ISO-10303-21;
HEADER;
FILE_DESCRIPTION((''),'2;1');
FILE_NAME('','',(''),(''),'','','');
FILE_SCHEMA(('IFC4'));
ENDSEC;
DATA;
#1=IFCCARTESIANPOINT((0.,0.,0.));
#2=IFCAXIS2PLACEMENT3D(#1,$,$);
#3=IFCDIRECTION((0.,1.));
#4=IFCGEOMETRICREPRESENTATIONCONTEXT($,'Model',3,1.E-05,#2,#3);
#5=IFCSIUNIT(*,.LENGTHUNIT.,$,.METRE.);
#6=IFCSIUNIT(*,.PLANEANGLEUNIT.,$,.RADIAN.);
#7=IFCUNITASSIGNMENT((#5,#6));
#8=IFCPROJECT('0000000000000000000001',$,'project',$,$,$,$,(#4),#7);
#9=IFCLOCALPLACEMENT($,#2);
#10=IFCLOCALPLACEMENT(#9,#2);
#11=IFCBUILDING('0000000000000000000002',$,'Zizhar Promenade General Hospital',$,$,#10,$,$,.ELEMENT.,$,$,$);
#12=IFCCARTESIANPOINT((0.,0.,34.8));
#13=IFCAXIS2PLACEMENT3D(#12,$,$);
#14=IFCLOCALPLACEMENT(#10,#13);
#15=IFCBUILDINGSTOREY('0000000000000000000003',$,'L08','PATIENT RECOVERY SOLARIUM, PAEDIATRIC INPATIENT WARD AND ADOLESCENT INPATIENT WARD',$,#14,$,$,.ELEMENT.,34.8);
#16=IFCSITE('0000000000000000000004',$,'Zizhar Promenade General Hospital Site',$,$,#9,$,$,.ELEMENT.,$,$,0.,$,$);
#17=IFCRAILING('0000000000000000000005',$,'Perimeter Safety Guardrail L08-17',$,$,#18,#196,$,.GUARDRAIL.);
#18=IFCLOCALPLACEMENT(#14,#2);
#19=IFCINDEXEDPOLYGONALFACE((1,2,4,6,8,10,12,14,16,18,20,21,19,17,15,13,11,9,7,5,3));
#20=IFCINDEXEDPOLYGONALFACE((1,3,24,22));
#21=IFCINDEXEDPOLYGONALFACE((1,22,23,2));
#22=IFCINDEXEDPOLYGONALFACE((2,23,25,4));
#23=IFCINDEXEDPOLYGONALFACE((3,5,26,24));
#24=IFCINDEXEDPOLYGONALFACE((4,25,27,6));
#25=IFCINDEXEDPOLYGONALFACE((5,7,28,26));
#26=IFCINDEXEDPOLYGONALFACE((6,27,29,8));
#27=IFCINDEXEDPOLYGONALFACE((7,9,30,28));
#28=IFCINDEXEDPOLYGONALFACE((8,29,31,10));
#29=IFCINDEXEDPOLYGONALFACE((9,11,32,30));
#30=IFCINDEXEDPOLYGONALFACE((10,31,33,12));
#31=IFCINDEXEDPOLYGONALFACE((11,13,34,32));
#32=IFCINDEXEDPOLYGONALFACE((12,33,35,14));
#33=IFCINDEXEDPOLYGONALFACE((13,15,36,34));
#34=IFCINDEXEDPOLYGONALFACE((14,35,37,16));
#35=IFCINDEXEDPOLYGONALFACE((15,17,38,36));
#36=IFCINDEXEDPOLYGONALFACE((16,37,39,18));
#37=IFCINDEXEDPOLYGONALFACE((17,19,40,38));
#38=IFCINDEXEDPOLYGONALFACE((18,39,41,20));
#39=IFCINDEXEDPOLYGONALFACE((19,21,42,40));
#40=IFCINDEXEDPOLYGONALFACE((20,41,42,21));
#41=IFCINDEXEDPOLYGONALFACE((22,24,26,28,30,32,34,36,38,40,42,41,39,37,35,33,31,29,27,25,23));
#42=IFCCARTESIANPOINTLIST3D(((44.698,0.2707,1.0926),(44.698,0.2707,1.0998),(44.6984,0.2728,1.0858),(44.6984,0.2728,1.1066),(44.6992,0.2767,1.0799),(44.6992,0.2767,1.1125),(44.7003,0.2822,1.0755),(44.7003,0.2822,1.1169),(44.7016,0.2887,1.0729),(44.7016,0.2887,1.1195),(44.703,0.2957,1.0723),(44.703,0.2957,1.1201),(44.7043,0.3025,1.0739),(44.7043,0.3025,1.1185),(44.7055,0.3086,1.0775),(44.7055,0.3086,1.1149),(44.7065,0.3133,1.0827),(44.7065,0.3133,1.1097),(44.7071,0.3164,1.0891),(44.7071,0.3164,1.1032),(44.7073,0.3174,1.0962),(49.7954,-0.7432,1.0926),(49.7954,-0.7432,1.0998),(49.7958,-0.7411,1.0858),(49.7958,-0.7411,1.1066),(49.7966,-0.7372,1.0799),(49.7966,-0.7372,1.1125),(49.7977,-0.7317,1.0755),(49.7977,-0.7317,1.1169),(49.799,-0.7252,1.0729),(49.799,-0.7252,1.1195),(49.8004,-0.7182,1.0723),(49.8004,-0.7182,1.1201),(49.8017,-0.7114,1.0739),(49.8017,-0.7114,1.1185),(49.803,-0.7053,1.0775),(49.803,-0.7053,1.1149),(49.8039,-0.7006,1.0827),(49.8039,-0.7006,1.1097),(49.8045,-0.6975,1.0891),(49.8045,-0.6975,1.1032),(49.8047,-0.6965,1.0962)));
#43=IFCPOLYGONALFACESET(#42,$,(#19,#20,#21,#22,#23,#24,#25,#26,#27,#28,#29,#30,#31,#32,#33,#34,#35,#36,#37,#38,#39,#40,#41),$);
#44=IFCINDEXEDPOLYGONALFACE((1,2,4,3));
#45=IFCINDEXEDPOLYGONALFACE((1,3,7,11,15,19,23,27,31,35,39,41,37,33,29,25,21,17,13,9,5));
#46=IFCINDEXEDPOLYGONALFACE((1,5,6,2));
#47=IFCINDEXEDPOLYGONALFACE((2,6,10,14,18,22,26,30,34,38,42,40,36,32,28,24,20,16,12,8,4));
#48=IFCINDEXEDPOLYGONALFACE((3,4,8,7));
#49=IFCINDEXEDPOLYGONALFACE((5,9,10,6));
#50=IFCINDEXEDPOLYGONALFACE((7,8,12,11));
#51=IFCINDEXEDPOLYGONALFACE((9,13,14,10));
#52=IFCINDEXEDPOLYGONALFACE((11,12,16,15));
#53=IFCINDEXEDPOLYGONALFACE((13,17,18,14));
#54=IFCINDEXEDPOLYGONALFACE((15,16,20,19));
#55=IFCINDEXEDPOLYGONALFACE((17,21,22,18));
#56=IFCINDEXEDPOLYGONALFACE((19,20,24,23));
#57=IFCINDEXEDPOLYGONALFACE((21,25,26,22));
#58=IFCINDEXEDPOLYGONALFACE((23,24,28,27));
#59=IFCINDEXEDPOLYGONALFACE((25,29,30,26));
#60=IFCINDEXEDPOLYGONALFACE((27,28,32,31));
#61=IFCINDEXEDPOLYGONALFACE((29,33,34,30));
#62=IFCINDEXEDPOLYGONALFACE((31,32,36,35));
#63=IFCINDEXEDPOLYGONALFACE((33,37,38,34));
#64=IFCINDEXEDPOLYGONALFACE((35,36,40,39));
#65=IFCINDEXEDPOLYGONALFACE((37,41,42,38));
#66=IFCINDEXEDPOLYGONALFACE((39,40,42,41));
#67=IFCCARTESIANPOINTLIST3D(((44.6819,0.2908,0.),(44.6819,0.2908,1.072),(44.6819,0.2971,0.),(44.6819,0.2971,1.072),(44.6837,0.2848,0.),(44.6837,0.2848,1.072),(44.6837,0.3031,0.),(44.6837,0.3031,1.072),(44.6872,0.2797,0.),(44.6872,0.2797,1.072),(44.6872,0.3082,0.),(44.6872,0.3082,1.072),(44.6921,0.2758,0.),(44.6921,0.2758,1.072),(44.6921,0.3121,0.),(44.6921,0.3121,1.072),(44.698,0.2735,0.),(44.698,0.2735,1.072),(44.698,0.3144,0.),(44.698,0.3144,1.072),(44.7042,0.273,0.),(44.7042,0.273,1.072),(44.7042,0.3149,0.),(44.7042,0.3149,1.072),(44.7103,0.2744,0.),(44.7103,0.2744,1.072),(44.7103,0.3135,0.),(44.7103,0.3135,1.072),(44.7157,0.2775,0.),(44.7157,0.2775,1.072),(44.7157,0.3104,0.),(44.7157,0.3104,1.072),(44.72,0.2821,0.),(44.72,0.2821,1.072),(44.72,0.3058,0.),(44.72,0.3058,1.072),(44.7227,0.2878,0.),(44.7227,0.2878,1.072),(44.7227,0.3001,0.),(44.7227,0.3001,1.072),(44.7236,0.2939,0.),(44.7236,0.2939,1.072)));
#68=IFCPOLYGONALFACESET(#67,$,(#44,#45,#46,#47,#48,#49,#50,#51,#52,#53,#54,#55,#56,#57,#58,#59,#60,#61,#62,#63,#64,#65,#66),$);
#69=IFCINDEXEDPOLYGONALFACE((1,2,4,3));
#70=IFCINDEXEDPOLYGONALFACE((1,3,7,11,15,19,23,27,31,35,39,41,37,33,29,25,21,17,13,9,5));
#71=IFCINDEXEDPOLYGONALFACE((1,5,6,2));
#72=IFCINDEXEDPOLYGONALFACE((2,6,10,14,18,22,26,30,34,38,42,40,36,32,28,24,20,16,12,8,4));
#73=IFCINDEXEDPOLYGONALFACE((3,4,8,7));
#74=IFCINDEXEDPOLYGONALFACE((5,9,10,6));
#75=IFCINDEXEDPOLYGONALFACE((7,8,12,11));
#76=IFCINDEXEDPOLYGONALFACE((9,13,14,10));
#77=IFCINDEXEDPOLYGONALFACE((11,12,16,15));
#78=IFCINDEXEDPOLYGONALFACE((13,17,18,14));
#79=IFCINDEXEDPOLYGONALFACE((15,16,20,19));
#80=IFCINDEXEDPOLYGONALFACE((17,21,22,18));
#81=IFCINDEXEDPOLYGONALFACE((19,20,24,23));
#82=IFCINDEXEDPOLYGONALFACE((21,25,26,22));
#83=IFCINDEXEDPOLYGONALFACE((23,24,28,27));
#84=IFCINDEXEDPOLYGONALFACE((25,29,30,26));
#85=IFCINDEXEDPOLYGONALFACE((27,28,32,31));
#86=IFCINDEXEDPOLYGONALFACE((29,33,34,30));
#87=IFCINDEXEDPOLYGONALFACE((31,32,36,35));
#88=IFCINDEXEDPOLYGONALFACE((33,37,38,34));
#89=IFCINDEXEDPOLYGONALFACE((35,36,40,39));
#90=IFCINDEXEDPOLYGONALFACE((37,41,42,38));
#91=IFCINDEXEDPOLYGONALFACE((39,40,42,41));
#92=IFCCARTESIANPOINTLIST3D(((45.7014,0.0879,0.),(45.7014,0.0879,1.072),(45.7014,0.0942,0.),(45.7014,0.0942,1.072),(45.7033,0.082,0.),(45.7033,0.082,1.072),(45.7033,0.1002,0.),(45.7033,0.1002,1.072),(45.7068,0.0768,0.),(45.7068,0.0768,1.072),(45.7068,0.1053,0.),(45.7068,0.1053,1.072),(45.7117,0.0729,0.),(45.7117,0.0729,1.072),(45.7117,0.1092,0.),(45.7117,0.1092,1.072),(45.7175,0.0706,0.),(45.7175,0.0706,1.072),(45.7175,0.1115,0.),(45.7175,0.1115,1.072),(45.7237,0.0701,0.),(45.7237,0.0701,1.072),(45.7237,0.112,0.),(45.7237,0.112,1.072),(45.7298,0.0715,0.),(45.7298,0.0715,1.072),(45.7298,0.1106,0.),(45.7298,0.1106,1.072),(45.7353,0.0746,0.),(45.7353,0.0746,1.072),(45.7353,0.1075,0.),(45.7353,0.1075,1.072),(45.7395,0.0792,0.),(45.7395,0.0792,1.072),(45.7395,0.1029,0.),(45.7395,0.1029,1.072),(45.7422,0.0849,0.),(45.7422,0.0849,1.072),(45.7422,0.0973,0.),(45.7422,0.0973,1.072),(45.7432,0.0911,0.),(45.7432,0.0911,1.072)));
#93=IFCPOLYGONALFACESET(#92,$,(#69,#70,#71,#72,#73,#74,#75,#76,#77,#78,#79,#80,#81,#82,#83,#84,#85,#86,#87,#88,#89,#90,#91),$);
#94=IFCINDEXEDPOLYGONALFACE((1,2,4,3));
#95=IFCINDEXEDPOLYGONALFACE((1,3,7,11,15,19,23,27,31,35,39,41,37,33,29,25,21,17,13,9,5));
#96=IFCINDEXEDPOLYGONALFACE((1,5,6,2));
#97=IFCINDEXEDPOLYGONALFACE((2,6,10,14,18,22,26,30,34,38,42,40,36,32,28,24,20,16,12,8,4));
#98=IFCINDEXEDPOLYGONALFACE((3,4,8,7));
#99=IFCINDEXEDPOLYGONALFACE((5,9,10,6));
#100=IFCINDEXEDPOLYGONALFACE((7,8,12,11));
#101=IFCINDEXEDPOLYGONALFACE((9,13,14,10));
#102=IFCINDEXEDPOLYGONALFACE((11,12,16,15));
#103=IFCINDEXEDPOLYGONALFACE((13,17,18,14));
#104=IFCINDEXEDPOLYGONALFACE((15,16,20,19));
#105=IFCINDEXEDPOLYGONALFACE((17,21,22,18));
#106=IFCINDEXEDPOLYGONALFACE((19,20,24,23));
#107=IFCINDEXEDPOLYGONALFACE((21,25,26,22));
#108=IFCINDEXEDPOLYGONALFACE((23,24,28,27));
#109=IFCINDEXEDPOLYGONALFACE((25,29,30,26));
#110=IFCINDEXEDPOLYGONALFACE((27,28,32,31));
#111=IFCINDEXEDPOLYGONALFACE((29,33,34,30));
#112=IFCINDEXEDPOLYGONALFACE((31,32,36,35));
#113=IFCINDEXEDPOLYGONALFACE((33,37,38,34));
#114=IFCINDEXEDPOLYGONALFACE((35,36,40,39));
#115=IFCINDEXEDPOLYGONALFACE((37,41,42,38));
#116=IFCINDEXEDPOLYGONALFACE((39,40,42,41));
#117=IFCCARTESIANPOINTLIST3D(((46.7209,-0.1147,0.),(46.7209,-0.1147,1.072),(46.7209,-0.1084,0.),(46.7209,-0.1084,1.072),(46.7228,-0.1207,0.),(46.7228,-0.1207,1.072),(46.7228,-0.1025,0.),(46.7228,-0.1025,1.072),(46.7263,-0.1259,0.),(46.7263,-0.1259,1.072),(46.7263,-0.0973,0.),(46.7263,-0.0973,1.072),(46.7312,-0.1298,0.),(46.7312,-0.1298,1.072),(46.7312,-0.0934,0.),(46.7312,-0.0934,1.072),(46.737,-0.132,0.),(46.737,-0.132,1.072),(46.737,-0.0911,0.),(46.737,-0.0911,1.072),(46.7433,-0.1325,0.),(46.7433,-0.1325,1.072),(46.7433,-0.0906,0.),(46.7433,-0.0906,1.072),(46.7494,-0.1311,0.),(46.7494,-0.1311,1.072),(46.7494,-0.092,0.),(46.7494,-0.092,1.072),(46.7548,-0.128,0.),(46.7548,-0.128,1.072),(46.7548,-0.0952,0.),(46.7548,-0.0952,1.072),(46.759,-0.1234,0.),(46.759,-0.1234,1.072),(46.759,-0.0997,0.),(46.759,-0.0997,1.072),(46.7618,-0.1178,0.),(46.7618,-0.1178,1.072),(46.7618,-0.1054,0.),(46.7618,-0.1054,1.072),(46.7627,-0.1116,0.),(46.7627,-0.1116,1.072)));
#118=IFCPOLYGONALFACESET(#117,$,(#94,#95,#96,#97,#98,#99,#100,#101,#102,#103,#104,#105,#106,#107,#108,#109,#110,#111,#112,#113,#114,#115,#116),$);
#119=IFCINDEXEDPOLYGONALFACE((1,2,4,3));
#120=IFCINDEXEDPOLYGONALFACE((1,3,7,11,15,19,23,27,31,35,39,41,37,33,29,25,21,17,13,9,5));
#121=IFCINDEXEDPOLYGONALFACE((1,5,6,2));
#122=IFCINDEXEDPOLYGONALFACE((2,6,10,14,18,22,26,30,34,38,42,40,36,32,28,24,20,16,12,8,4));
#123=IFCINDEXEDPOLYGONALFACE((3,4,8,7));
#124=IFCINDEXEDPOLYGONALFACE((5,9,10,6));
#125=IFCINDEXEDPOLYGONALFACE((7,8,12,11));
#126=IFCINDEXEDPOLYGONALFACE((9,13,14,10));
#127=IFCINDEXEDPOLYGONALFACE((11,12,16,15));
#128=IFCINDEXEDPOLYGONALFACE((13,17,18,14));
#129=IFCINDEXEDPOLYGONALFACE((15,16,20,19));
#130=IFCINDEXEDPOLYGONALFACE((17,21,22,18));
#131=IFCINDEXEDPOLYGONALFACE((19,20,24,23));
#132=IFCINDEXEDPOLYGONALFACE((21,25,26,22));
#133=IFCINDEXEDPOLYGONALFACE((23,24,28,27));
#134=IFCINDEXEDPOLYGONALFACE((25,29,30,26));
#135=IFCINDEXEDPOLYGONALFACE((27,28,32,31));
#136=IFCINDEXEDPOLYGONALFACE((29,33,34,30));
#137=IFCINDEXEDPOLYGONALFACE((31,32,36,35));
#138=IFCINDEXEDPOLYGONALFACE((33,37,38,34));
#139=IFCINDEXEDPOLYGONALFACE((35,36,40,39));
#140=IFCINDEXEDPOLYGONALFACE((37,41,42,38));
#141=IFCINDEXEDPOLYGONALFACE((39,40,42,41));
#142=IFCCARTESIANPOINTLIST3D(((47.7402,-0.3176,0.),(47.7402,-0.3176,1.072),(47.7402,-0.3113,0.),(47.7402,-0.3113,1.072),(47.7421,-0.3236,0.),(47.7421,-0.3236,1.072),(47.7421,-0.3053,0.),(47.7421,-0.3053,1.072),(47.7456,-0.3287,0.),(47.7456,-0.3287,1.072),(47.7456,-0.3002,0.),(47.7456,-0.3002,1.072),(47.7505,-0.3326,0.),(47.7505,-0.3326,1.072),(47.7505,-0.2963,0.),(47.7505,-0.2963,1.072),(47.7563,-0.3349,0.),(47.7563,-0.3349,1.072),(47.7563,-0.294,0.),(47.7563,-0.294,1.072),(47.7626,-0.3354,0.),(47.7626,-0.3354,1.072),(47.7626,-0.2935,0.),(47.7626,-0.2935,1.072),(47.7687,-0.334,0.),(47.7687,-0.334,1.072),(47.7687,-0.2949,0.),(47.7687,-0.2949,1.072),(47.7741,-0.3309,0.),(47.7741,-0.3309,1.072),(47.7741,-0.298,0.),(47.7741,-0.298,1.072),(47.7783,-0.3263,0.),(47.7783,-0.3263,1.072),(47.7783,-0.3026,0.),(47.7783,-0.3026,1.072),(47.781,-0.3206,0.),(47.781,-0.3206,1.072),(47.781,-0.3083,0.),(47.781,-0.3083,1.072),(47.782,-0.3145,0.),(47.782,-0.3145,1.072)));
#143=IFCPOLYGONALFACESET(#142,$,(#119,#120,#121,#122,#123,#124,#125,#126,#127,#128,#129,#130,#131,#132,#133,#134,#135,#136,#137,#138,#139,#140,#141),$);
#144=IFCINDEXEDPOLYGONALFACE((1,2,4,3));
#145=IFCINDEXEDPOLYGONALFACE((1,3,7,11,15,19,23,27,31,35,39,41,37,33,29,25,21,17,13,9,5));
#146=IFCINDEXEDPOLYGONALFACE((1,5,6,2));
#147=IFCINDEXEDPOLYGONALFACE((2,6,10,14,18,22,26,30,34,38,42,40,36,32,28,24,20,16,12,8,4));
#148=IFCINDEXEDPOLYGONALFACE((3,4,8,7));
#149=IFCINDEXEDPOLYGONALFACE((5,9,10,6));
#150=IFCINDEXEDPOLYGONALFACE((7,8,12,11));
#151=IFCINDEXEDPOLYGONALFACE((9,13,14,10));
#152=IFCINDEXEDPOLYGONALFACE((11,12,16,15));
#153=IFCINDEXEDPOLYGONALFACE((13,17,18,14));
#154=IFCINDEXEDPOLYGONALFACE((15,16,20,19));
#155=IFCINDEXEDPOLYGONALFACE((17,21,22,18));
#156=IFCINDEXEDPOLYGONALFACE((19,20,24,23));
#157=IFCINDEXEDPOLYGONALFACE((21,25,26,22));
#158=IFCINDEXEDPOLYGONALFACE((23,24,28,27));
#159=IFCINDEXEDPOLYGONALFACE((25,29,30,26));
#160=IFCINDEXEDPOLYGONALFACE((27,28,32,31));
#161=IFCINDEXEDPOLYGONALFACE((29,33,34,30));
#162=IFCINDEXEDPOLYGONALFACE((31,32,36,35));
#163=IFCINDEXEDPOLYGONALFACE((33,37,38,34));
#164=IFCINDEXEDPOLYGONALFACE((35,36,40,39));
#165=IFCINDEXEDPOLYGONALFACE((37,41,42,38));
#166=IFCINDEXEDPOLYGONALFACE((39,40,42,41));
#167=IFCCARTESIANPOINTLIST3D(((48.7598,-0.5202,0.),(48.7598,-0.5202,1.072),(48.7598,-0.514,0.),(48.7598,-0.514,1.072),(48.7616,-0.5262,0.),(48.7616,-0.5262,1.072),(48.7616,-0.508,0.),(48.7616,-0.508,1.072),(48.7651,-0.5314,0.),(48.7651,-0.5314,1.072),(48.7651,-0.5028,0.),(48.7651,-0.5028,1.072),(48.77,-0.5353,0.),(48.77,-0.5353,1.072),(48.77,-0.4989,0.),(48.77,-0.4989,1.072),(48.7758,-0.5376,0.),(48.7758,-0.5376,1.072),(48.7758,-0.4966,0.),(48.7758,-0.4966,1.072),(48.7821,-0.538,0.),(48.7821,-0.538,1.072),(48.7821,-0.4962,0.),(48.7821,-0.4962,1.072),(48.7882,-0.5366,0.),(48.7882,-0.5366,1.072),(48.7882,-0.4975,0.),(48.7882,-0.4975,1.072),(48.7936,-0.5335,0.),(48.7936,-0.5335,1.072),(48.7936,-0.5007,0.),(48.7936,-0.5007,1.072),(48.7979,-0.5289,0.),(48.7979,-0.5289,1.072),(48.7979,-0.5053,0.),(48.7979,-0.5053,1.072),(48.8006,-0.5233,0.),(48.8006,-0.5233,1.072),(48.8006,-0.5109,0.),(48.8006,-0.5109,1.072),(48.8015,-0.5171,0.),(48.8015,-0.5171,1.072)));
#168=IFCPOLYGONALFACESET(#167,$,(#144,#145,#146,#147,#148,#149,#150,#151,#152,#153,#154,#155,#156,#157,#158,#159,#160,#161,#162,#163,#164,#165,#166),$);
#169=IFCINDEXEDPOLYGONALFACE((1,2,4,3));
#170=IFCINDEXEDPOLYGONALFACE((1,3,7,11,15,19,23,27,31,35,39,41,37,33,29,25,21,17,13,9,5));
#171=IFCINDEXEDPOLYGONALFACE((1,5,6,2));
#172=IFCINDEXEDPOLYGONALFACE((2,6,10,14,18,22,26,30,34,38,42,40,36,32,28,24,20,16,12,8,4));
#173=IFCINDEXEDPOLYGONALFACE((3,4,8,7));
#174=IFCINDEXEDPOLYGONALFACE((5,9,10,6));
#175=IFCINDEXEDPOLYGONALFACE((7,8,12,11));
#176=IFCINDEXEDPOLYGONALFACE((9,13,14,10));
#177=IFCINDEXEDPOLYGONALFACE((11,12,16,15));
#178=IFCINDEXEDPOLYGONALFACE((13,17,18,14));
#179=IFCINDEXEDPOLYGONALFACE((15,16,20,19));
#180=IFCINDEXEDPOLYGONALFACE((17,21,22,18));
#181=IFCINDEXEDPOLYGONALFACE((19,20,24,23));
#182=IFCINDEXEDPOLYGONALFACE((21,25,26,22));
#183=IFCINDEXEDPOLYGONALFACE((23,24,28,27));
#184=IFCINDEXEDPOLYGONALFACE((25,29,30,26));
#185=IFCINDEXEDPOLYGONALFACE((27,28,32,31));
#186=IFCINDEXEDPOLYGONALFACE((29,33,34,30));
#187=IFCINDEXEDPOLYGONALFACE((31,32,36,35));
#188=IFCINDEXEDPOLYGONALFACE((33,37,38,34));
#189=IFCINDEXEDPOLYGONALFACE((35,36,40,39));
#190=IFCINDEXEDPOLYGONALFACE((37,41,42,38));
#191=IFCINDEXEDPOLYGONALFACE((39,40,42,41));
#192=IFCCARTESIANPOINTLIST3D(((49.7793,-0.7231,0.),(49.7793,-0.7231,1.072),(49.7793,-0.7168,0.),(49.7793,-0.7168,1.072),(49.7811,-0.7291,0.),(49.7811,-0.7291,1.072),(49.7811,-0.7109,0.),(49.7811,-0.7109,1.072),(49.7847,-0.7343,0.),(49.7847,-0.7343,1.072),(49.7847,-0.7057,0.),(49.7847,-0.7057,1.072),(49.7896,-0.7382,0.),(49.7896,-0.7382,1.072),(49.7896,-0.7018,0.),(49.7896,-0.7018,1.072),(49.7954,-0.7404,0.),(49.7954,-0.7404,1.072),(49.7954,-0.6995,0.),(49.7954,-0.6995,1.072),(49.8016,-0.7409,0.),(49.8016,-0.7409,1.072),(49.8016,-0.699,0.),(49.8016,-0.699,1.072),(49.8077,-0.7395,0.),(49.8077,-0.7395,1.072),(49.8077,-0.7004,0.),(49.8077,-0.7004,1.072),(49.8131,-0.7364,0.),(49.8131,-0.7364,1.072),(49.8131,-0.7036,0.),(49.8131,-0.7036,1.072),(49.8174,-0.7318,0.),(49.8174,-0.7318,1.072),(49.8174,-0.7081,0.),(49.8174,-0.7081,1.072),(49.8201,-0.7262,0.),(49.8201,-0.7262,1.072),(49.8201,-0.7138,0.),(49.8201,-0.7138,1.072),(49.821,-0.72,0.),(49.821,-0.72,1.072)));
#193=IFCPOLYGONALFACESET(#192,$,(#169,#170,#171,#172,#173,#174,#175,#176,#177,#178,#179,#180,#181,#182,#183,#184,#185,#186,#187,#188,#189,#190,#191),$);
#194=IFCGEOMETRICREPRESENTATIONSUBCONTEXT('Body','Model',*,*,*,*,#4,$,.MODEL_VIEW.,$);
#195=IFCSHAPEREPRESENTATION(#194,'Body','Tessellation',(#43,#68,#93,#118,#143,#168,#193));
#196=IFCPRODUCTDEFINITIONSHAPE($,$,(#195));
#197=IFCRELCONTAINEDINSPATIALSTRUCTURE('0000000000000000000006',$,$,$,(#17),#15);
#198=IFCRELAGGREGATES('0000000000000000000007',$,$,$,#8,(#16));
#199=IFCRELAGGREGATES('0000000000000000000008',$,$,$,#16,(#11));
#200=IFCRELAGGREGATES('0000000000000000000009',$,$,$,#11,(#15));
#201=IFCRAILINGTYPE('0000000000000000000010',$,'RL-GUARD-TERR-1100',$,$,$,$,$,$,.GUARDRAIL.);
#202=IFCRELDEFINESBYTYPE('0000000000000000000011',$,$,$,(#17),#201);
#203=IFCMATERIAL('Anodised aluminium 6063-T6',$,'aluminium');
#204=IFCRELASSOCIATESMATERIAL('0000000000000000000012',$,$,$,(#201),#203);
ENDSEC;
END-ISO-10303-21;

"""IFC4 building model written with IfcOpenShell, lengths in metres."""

from ifc_helpers import new_model, si_unit, direction, frame, origin, origin_2d, place, context, subcontext, project, spatial, circle, hollow_circle, extrude, material, material_profile, profile_set, type_object, element, save


model = new_model("IFC4")

# Units and contexts
model_context = context("Model", 3, precision=1e-05, world=origin(), true_north=direction((0.0, 1.0)))
body_context = subcontext(model_context, "Body", "Model", "MODEL_VIEW")
ifc_project = project(units=[si_unit("LENGTHUNIT", "METRE"), si_unit("PLANEANGLEUNIT", "RADIAN")], contexts=[model_context])

# Site, building, storey
site_placement = place(None, origin())
site = spatial("IfcSite", under=ifc_project, at=site_placement, Name="Zizhar Promenade General Hospital Site", CompositionType="ELEMENT", RefElevation=0.0)
building_placement = place(site_placement, origin())
building = spatial("IfcBuilding", under=site, at=building_placement, Name="Zizhar Promenade General Hospital", CompositionType="ELEMENT")
storey_placement = place(building_placement, frame((0.0, 0.0, 34.8)))
storey = spatial("IfcBuildingStorey", under=building, at=storey_placement, Name="L08", Description="PATIENT RECOVERY SOLARIUM, PAEDIATRIC INPATIENT WARD AND ADOLESCENT INPATIENT WARD", CompositionType="ELEMENT", Elevation=34.8)

# Railing
ifc_material_1 = material(Name="Anodised aluminium 6063-T6", Category="aluminium")
ifc_material_profile_1 = material_profile(ifc_material_1, hollow_circle(Radius=0.0698, WallThickness=0.0063, at=origin_2d()))
ifc_profile_set_1 = profile_set([ifc_material_profile_1], Name="Anodised aluminium 6063-T6")
railing_type = type_object("IfcRailingType", Name="RL-GUARD-TERR-1100", PredefinedType="GUARDRAIL", material=ifc_profile_set_1)
railing_1_placement = place(storey_placement, frame((44.7026, 0.2939, 0.0)))
element("IfcRailing", 1, at=railing_1_placement, inside=storey, type_object=railing_type, Name="Perimeter Safety Guardrail L08-17", PredefinedType="GUARDRAIL", context=body_context, shape_type="SweptSolid", body=[
    extrude(circle(Radius=0.0239, at=origin_2d()), frame((0.0, 0.0, 1.0962), z_axis=(0.980786, -0.195086, 0.0), x_axis=(0.195086, 0.980786, 0.0)), (0.0, 0.0, 1.0), 5.1973),
    extrude(circle(Radius=0.021, at=origin_2d()), origin(), (0.0, 0.0, 1.0), 1.072),
    extrude(circle(Radius=0.021, at=origin_2d()), frame((1.0195, -0.2029, 0.0)), (0.0, 0.0, 1.0), 1.072),
    extrude(circle(Radius=0.021, at=origin_2d()), frame((2.0391, -0.4055, 0.0)), (0.0, 0.0, 1.0), 1.072),
    extrude(circle(Radius=0.021, at=origin_2d()), frame((3.0583, -0.6084, 0.0)), (0.0, 0.0, 1.0), 1.072),
    extrude(circle(Radius=0.021, at=origin_2d()), frame((4.0779, -0.811, 0.0)), (0.0, 0.0, 1.0), 1.072),
    extrude(circle(Radius=0.021, at=origin_2d()), frame((5.0974, -1.0139, 0.0)), (0.0, 0.0, 1.0), 1.072),
])

save(model, "model.ifc")
